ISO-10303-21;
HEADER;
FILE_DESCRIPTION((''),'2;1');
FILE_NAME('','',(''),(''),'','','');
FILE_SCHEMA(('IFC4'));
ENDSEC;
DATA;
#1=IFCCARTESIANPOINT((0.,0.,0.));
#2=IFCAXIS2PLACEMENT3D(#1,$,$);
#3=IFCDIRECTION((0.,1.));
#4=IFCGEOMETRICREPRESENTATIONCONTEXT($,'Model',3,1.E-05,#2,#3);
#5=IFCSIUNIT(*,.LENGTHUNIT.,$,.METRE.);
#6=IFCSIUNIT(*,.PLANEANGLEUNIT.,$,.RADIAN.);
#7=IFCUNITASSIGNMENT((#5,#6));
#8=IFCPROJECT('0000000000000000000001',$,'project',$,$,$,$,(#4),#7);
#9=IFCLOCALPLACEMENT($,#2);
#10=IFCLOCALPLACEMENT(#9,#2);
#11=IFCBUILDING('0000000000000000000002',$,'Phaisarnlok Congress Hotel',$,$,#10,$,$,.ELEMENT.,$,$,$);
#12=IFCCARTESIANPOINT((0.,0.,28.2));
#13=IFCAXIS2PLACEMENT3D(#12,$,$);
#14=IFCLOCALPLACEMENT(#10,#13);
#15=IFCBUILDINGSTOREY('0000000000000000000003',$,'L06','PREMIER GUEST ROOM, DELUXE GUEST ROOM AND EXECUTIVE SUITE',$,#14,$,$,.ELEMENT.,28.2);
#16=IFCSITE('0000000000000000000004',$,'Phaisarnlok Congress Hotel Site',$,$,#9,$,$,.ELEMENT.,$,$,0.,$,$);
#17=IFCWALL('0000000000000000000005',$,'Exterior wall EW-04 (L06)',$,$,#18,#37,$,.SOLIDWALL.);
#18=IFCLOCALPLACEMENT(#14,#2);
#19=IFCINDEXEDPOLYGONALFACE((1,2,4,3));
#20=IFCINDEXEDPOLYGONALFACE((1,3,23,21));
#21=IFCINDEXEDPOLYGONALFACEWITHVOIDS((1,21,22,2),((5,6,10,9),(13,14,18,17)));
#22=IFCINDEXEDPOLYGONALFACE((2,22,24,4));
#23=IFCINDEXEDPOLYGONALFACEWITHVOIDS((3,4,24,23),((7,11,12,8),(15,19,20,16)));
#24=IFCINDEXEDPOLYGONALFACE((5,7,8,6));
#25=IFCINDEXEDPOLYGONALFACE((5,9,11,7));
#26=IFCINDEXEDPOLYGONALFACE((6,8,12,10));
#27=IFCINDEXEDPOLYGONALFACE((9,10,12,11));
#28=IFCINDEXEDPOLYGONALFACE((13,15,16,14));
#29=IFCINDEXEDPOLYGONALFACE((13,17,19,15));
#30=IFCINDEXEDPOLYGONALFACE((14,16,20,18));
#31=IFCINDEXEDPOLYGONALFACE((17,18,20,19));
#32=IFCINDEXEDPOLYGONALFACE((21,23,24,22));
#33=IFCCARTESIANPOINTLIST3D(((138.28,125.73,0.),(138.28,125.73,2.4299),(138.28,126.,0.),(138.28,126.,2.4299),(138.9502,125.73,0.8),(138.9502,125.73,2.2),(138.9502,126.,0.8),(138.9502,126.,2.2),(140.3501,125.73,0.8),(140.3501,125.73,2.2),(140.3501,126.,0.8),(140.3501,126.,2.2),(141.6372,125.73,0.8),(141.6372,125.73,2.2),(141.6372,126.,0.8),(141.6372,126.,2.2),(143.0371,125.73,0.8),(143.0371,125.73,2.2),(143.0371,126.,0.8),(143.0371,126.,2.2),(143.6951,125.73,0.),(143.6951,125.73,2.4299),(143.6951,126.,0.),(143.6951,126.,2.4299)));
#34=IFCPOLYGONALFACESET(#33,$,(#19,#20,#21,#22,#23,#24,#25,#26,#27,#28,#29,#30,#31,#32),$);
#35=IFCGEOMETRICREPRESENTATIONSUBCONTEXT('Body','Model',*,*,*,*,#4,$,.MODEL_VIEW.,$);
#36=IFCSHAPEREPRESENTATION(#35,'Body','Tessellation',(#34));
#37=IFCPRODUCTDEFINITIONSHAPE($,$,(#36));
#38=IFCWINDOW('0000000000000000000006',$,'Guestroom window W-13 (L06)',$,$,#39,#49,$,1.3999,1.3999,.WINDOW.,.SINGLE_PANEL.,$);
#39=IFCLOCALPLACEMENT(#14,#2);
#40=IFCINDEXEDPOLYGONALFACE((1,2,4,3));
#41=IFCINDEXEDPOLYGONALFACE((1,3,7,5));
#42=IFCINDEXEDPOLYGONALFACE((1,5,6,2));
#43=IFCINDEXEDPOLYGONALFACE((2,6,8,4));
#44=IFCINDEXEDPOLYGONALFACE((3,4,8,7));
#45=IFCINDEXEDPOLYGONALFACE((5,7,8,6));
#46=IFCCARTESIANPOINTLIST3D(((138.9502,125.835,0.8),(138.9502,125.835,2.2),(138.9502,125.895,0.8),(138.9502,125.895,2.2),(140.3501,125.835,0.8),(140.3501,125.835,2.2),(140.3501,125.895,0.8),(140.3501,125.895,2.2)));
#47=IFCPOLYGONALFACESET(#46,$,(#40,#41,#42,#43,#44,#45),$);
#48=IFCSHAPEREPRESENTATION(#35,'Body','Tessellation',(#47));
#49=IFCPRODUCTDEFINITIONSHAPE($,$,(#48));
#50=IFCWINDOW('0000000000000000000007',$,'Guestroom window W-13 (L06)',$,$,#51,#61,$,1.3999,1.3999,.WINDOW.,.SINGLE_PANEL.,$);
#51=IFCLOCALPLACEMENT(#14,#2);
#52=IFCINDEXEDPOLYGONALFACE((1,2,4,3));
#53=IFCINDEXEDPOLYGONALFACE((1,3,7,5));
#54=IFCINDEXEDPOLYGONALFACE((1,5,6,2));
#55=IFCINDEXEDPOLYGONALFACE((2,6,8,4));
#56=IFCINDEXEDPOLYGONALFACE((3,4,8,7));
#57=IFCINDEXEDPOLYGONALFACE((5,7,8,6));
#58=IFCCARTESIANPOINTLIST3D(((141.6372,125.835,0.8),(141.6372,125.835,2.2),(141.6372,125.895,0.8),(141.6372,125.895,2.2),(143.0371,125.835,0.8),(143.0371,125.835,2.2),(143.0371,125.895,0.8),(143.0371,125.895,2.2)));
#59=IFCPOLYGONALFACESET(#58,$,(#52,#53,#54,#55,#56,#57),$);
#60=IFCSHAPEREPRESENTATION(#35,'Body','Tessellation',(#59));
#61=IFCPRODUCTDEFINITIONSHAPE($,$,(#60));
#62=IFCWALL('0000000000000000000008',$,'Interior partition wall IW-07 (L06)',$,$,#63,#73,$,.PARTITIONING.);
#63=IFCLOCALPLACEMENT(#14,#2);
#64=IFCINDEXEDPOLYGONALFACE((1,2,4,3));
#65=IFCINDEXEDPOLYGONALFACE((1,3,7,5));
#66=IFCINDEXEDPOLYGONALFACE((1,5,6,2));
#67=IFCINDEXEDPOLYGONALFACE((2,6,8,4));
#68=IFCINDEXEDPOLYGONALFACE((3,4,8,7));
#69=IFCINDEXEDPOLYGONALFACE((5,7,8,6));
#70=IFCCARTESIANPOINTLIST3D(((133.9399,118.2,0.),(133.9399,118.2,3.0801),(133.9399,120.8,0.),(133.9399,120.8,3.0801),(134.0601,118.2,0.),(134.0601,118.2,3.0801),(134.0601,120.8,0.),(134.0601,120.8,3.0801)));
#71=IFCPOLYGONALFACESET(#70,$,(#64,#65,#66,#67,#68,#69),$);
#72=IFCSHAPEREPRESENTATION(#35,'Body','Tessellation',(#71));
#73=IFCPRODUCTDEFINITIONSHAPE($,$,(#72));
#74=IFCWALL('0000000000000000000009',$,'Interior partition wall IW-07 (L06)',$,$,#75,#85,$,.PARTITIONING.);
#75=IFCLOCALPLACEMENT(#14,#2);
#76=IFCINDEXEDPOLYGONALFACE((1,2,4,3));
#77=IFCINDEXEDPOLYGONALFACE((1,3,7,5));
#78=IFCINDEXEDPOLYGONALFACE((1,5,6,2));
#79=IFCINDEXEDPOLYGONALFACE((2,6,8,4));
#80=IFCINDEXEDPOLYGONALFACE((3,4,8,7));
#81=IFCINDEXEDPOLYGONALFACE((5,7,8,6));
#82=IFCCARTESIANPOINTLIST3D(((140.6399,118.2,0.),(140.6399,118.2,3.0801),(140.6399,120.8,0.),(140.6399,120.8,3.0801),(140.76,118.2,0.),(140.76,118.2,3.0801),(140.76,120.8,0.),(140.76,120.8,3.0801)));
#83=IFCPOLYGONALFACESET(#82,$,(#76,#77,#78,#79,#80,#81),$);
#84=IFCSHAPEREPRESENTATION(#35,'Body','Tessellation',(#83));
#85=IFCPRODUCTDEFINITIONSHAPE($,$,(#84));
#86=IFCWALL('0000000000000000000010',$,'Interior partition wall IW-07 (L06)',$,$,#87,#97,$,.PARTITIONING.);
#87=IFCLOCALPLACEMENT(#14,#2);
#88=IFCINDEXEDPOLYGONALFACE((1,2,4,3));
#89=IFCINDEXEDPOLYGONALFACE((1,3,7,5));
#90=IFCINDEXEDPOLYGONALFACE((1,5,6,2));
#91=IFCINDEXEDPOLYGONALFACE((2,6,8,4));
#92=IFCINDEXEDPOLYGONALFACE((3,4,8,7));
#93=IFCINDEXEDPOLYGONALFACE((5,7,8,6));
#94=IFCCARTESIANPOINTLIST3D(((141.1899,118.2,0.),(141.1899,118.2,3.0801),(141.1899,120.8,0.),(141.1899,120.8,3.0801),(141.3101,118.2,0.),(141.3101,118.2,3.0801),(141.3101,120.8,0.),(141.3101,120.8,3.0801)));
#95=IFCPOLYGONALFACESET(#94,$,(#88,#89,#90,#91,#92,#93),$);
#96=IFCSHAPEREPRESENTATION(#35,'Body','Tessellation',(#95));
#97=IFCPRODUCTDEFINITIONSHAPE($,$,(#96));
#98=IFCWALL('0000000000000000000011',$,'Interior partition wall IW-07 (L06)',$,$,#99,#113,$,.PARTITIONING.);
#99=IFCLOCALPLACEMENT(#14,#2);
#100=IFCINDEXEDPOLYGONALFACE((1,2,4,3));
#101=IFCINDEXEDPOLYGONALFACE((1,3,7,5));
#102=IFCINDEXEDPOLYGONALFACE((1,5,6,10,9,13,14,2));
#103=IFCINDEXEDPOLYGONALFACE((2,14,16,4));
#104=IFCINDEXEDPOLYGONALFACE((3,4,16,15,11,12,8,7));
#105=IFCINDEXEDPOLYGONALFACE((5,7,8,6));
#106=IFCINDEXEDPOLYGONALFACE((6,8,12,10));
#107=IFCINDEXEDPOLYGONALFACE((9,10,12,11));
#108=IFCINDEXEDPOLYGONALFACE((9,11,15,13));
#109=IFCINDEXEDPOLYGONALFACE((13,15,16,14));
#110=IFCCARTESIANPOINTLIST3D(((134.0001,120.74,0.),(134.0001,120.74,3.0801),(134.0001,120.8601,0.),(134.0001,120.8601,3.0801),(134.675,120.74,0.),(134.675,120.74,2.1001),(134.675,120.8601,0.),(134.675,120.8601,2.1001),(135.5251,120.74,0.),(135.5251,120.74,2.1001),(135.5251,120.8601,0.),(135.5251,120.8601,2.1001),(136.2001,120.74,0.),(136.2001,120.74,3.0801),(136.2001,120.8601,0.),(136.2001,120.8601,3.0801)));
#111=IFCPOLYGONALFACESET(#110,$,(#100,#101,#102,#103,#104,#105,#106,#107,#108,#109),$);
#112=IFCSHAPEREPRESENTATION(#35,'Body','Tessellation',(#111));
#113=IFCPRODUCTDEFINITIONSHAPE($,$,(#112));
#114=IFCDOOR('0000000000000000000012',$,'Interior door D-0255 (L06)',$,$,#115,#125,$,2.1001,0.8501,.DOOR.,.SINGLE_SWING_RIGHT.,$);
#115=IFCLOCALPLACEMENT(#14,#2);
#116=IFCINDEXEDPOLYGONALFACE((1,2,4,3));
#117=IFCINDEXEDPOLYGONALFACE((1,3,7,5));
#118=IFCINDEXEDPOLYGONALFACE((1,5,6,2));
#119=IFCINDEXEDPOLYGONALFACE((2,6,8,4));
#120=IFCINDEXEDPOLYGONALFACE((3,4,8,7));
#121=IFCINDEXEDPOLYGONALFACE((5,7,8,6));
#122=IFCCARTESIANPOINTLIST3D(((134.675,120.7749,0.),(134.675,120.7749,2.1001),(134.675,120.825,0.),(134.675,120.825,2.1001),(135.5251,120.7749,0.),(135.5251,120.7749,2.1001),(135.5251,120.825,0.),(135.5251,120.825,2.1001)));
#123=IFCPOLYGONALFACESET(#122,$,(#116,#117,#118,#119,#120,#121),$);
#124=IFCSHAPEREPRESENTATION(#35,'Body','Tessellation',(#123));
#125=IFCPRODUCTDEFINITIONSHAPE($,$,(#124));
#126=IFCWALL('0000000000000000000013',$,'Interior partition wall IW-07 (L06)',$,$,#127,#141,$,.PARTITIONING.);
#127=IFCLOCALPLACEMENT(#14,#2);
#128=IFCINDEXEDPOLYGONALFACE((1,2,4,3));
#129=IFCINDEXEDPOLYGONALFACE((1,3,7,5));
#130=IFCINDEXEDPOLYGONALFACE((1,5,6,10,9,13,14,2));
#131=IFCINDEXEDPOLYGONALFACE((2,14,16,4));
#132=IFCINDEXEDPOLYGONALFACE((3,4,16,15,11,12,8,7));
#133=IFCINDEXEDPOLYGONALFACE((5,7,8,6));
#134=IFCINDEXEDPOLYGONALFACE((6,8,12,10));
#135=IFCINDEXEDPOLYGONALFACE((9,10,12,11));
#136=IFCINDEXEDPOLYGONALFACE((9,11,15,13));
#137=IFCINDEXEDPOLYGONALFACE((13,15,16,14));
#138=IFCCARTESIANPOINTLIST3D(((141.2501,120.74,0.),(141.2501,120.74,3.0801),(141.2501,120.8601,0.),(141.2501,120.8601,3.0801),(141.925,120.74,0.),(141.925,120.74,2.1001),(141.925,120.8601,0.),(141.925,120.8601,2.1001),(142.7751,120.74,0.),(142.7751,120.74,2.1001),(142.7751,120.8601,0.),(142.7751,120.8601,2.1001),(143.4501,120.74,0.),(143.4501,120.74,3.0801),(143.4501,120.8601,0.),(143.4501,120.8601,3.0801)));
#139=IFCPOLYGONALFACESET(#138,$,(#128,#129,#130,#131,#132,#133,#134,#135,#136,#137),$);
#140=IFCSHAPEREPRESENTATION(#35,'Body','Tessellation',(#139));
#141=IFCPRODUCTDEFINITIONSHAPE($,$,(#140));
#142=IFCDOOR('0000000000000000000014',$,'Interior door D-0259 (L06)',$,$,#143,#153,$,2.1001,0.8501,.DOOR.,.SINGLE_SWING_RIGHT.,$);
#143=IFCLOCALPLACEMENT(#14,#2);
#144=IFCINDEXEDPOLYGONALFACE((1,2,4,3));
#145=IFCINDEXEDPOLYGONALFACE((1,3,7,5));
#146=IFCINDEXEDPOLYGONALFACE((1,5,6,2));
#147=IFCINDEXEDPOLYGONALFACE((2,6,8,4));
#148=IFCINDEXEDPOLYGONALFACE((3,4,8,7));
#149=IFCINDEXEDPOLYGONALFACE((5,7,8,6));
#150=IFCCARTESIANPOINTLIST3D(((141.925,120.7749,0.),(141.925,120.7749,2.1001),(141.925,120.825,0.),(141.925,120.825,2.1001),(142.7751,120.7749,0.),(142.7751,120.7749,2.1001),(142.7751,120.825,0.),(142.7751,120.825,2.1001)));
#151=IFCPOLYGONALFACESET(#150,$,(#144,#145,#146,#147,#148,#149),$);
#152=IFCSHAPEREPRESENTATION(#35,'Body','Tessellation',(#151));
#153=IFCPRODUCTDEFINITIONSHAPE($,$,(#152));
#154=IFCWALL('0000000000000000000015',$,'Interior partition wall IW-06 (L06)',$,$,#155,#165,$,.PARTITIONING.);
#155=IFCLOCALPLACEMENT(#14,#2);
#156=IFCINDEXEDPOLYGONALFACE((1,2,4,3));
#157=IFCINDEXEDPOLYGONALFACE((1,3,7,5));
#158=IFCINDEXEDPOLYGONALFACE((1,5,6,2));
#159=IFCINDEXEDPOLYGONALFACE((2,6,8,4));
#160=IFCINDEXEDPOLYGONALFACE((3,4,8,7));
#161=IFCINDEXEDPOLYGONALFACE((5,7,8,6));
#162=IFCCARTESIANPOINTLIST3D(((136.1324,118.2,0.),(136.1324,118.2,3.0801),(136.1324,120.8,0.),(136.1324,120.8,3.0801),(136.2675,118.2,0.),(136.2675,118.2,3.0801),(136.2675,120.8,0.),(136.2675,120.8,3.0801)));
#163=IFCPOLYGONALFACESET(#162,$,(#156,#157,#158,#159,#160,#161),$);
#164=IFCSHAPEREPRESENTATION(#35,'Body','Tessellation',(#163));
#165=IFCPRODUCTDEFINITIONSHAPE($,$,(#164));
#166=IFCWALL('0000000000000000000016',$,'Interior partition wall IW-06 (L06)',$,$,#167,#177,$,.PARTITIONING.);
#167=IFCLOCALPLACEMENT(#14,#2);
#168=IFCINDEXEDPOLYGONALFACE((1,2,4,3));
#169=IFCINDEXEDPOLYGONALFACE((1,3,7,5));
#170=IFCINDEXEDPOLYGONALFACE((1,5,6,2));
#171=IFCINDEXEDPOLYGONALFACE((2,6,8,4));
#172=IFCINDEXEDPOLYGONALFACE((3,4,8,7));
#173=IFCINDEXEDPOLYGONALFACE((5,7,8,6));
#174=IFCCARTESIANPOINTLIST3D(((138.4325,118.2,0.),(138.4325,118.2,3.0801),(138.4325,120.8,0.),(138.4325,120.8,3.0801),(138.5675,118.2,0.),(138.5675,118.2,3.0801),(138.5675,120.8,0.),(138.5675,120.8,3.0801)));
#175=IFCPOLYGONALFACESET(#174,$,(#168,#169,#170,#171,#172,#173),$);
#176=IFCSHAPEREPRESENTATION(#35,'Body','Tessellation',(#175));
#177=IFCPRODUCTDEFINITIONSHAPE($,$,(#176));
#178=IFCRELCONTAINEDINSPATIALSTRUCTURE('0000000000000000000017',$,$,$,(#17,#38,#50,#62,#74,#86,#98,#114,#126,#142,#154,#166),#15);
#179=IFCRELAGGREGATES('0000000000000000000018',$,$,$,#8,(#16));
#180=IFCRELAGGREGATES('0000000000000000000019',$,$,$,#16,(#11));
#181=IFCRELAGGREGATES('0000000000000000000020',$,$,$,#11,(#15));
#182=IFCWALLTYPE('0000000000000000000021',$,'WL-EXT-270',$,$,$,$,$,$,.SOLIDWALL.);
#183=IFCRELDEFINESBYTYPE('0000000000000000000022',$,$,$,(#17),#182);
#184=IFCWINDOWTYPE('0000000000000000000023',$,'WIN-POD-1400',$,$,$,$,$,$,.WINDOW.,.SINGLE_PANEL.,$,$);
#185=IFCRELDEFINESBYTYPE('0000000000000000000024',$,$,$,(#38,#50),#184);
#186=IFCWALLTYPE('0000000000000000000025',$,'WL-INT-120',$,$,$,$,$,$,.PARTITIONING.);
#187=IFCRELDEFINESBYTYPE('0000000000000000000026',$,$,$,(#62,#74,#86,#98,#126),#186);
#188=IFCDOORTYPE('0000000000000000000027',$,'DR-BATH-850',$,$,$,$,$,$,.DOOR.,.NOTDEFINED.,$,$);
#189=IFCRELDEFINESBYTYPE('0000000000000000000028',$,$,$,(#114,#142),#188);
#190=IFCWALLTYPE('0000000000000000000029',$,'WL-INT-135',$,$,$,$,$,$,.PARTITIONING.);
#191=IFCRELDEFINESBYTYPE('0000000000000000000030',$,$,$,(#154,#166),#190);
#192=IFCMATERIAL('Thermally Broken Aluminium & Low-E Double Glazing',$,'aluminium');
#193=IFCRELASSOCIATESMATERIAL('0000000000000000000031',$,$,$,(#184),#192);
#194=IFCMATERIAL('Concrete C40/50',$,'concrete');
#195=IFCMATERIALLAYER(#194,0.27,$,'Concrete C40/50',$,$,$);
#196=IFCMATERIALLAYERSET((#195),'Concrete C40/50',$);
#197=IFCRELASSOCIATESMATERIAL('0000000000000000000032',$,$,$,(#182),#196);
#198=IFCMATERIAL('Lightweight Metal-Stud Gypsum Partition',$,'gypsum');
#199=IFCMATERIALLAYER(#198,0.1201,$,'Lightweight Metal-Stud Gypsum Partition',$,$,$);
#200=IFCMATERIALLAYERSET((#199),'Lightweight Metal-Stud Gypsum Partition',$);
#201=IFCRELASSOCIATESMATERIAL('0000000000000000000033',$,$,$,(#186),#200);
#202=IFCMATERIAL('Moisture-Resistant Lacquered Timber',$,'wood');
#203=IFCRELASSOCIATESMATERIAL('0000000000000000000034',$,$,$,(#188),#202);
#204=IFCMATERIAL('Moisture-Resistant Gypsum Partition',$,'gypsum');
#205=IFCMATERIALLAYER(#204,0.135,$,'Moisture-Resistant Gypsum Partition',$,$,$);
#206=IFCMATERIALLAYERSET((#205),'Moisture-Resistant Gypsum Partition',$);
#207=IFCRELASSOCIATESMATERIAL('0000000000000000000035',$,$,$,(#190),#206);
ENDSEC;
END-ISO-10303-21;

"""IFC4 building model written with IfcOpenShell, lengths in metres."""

from ifc_helpers import new_model, si_unit, direction, frame, frame_2d, origin, place, context, subcontext, project, spatial, rectangle, extrude, material, layer, layer_set, type_object, element, fill, save


model = new_model("IFC4")

# Units and contexts
model_context = context("Model", 3, precision=1e-05, world=origin(), true_north=direction((0.0, 1.0)))
body_context = subcontext(model_context, "Body", "Model", "MODEL_VIEW")
ifc_project = project(units=[si_unit("LENGTHUNIT", "METRE"), si_unit("PLANEANGLEUNIT", "RADIAN")], contexts=[model_context])

# Site, building, storey
site_placement = place(None, origin())
site = spatial("IfcSite", under=ifc_project, at=site_placement, Name="Phaisarnlok Congress Hotel Site", CompositionType="ELEMENT", RefElevation=0.0)
building_placement = place(site_placement, origin())
building = spatial("IfcBuilding", under=site, at=building_placement, Name="Phaisarnlok Congress Hotel", CompositionType="ELEMENT")
storey_placement = place(building_placement, frame((0.0, 0.0, 28.2)))
storey = spatial("IfcBuildingStorey", under=building, at=storey_placement, Name="L06", Description="PREMIER GUEST ROOM, DELUXE GUEST ROOM AND EXECUTIVE SUITE", CompositionType="ELEMENT", Elevation=28.2)

# Shared definitions
ifc_material_1 = material(Name="Concrete C40/50", Category="concrete")

# Shared definitions
ifc_material_2 = material(Name="Thermally Broken Aluminium & Low-E Double Glazing", Category="aluminium")
window_type = type_object("IfcWindowType", Name="WIN-POD-1400", PartitioningType="SINGLE_PANEL", PredefinedType="WINDOW", material=ifc_material_2)

# Wall, openings, windows
ifc_layer_1 = layer(ifc_material_1, 0.27, Name="Concrete C40/50")
ifc_layer_set_1 = layer_set([ifc_layer_1], Name="Concrete C40/50")
wall_type_1 = type_object("IfcWallType", Name="WL-EXT-270", PredefinedType="SOLIDWALL", material=ifc_layer_set_1)
wall_1_placement = place(storey_placement, frame((143.6951, 125.865, 0.0), z_axis=(0.0, 0.0, 1.0), x_axis=(-1.0, 0.0, 0.0)))
wall_1 = element("IfcWall", 1, at=wall_1_placement, inside=storey, type_object=wall_type_1, Name="Exterior wall EW-04 (L06)", PredefinedType="SOLIDWALL", context=body_context, shape_type="SweptSolid", body=[
    extrude(rectangle(XDim=5.415, YDim=0.27, at=frame_2d((2.7075, 0.0))), origin(), (0.0, 0.0, 1.0), 2.4299),
])
opening_1_placement = place(wall_1_placement, frame((3.345, 0.0, 0.8)))
opening_1 = element("IfcOpeningElement", 2, at=opening_1_placement, cuts=wall_1, PredefinedType="OPENING", context=body_context, shape_type="SweptSolid", body=[
    extrude(rectangle(XDim=1.3999, YDim=1.3999, at=frame_2d((0.7, 0.7))), frame((0.0, 0.145, 0.0), z_axis=(0.0, -1.0, 0.0), x_axis=(1.0, 0.0, 0.0)), (0.0, 0.0, 1.0), 0.29),
])
opening_2_placement = place(wall_1_placement, frame((0.658, 0.0, 0.8)))
opening_2 = element("IfcOpeningElement", 3, at=opening_2_placement, cuts=wall_1, PredefinedType="OPENING", context=body_context, shape_type="SweptSolid", body=[
    extrude(rectangle(XDim=1.3999, YDim=1.3999, at=frame_2d((0.7, 0.7))), frame((0.0, 0.145, 0.0), z_axis=(0.0, -1.0, 0.0), x_axis=(1.0, 0.0, 0.0)), (0.0, 0.0, 1.0), 0.29),
])
window_1_placement = place(opening_1_placement, origin())
window_1 = element("IfcWindow", 4, at=window_1_placement, inside=storey, type_object=window_type, Name="Guestroom window W-13 (L06)", OverallHeight=1.3999, OverallWidth=1.3999, PartitioningType="SINGLE_PANEL", PredefinedType="WINDOW", context=body_context, shape_type="SweptSolid", body=[
    extrude(rectangle(XDim=1.3999, YDim=1.3999, at=frame_2d((0.7, 0.7))), frame((0.0, 0.03, 0.0), z_axis=(0.0, -1.0, 0.0), x_axis=(1.0, 0.0, 0.0)), (0.0, 0.0, 1.0), 0.0601),
])
fill(opening_1, window_1)
window_2_placement = place(opening_2_placement, origin())
window_2 = element("IfcWindow", 5, at=window_2_placement, inside=storey, type_object=window_type, Name="Guestroom window W-13 (L06)", OverallHeight=1.3999, OverallWidth=1.3999, PartitioningType="SINGLE_PANEL", PredefinedType="WINDOW", context=body_context, shape_type="SweptSolid", body=[
    extrude(rectangle(XDim=1.3999, YDim=1.3999, at=frame_2d((0.7, 0.7))), frame((0.0, 0.03, 0.0), z_axis=(0.0, -1.0, 0.0), x_axis=(1.0, 0.0, 0.0)), (0.0, 0.0, 1.0), 0.0601),
])
fill(opening_2, window_2)

# Walls
ifc_material_3 = material(Name="Lightweight Metal-Stud Gypsum Partition", Category="gypsum")
ifc_layer_2 = layer(ifc_material_3, 0.1201, Name="Lightweight Metal-Stud Gypsum Partition")
ifc_layer_set_2 = layer_set([ifc_layer_2], Name="Lightweight Metal-Stud Gypsum Partition")
wall_type_2 = type_object("IfcWallType", Name="WL-INT-120", PredefinedType="PARTITIONING", material=ifc_layer_set_2)
for number, where, z_axis, x_axis, name in (
    (6, (134.0, 118.2, 0.0), (0.0, 0.0, 1.0), (0.0, 1.0, 0.0), "Interior partition wall IW-07 (L06)"),
    (7, (140.7, 118.2, 0.0), (0.0, 0.0, 1.0), (0.0, 1.0, 0.0), "Interior partition wall IW-07 (L06)"),
    (8, (141.25, 118.2, 0.0), (0.0, 0.0, 1.0), (0.0, 1.0, 0.0), "Interior partition wall IW-07 (L06)"),
):
    element("IfcWall", number, at=place(storey_placement, frame(where, z_axis=z_axis, x_axis=x_axis)), inside=storey, type_object=wall_type_2, Name=name, PredefinedType="PARTITIONING", context=body_context, shape_type="SweptSolid", body=[
        extrude(rectangle(XDim=2.6001, YDim=0.1201, at=frame_2d((1.3, 0.0))), origin(), (0.0, 0.0, 1.0), 3.0801),
    ])

# Walls, openings, doors
wall_2_placement = place(storey_placement, frame((134.0, 120.8, 0.0), z_axis=(0.0, 0.0, 1.0), x_axis=(1.0, 0.0, 0.0)))
wall_2 = element("IfcWall", 9, at=wall_2_placement, inside=storey, type_object=wall_type_2, Name="Interior partition wall IW-07 (L06)", PredefinedType="PARTITIONING", context=body_context, shape_type="SweptSolid", body=[
    extrude(rectangle(XDim=2.2, YDim=0.1201, at=frame_2d((1.1001, 0.0))), origin(), (0.0, 0.0, 1.0), 3.0801),
])
opening_3_placement = place(wall_2_placement, frame((0.675, 0.0, 0.0)))
opening_3 = element("IfcOpeningElement", 10, at=opening_3_placement, cuts=wall_2, PredefinedType="OPENING", context=body_context, shape_type="SweptSolid", body=[
    extrude(rectangle(XDim=0.8501, YDim=2.1001, at=frame_2d((0.425, 1.05))), frame((0.0, 0.0701, 0.0), z_axis=(0.0, -1.0, 0.0), x_axis=(1.0, 0.0, 0.0)), (0.0, 0.0, 1.0), 0.1401),
])
ifc_material_4 = material(Name="Moisture-Resistant Lacquered Timber", Category="wood")
door_type = type_object("IfcDoorType", Name="DR-BATH-850", OperationType="NOTDEFINED", PredefinedType="DOOR", material=ifc_material_4)
door_1_placement = place(opening_3_placement, origin())
door_1 = element("IfcDoor", 11, at=door_1_placement, inside=storey, type_object=door_type, Name="Interior door D-0255 (L06)", OperationType="SINGLE_SWING_RIGHT", OverallHeight=2.1001, OverallWidth=0.8501, PredefinedType="DOOR", context=body_context, shape_type="SweptSolid", body=[
    extrude(rectangle(XDim=0.8501, YDim=2.1001, at=frame_2d((0.425, 1.05))), frame((0.0, 0.0249, 0.0), z_axis=(0.0, -1.0, 0.0), x_axis=(1.0, 0.0, 0.0)), (0.0, 0.0, 1.0), 0.05),
])
fill(opening_3, door_1)
wall_3_placement = place(storey_placement, frame((141.25, 120.8, 0.0), z_axis=(0.0, 0.0, 1.0), x_axis=(1.0, 0.0, 0.0)))
wall_3 = element("IfcWall", 12, at=wall_3_placement, inside=storey, type_object=wall_type_2, Name="Interior partition wall IW-07 (L06)", PredefinedType="PARTITIONING", context=body_context, shape_type="SweptSolid", body=[
    extrude(rectangle(XDim=2.2, YDim=0.1201, at=frame_2d((1.1001, 0.0))), origin(), (0.0, 0.0, 1.0), 3.0801),
])
opening_4_placement = place(wall_3_placement, frame((0.675, 0.0, 0.0)))
opening_4 = element("IfcOpeningElement", 13, at=opening_4_placement, cuts=wall_3, PredefinedType="OPENING", context=body_context, shape_type="SweptSolid", body=[
    extrude(rectangle(XDim=0.8501, YDim=2.1001, at=frame_2d((0.425, 1.05))), frame((0.0, 0.0701, 0.0), z_axis=(0.0, -1.0, 0.0), x_axis=(1.0, 0.0, 0.0)), (0.0, 0.0, 1.0), 0.1401),
])
door_2_placement = place(opening_4_placement, origin())
door_2 = element("IfcDoor", 14, at=door_2_placement, inside=storey, type_object=door_type, Name="Interior door D-0259 (L06)", OperationType="SINGLE_SWING_RIGHT", OverallHeight=2.1001, OverallWidth=0.8501, PredefinedType="DOOR", context=body_context, shape_type="SweptSolid", body=[
    extrude(rectangle(XDim=0.8501, YDim=2.1001, at=frame_2d((0.425, 1.05))), frame((0.0, 0.0249, 0.0), z_axis=(0.0, -1.0, 0.0), x_axis=(1.0, 0.0, 0.0)), (0.0, 0.0, 1.0), 0.05),
])
fill(opening_4, door_2)

# Walls
ifc_material_5 = material(Name="Moisture-Resistant Gypsum Partition", Category="gypsum")
ifc_layer_3 = layer(ifc_material_5, 0.135, Name="Moisture-Resistant Gypsum Partition")
ifc_layer_set_3 = layer_set([ifc_layer_3], Name="Moisture-Resistant Gypsum Partition")
wall_type_3 = type_object("IfcWallType", Name="WL-INT-135", PredefinedType="PARTITIONING", material=ifc_layer_set_3)
for number, where, z_axis, x_axis, name in (
    (15, (136.2, 118.2, 0.0), (0.0, 0.0, 1.0), (0.0, 1.0, 0.0), "Interior partition wall IW-06 (L06)"),
    (16, (138.5, 118.2, 0.0), (0.0, 0.0, 1.0), (0.0, 1.0, 0.0), "Interior partition wall IW-06 (L06)"),
):
    element("IfcWall", number, at=place(storey_placement, frame(where, z_axis=z_axis, x_axis=x_axis)), inside=storey, type_object=wall_type_3, Name=name, PredefinedType="PARTITIONING", context=body_context, shape_type="SweptSolid", body=[
        extrude(rectangle(XDim=2.6001, YDim=0.135, at=frame_2d((1.3, 0.0))), origin(), (0.0, 0.0, 1.0), 3.0801),
    ])

save(model, "model.ifc")
